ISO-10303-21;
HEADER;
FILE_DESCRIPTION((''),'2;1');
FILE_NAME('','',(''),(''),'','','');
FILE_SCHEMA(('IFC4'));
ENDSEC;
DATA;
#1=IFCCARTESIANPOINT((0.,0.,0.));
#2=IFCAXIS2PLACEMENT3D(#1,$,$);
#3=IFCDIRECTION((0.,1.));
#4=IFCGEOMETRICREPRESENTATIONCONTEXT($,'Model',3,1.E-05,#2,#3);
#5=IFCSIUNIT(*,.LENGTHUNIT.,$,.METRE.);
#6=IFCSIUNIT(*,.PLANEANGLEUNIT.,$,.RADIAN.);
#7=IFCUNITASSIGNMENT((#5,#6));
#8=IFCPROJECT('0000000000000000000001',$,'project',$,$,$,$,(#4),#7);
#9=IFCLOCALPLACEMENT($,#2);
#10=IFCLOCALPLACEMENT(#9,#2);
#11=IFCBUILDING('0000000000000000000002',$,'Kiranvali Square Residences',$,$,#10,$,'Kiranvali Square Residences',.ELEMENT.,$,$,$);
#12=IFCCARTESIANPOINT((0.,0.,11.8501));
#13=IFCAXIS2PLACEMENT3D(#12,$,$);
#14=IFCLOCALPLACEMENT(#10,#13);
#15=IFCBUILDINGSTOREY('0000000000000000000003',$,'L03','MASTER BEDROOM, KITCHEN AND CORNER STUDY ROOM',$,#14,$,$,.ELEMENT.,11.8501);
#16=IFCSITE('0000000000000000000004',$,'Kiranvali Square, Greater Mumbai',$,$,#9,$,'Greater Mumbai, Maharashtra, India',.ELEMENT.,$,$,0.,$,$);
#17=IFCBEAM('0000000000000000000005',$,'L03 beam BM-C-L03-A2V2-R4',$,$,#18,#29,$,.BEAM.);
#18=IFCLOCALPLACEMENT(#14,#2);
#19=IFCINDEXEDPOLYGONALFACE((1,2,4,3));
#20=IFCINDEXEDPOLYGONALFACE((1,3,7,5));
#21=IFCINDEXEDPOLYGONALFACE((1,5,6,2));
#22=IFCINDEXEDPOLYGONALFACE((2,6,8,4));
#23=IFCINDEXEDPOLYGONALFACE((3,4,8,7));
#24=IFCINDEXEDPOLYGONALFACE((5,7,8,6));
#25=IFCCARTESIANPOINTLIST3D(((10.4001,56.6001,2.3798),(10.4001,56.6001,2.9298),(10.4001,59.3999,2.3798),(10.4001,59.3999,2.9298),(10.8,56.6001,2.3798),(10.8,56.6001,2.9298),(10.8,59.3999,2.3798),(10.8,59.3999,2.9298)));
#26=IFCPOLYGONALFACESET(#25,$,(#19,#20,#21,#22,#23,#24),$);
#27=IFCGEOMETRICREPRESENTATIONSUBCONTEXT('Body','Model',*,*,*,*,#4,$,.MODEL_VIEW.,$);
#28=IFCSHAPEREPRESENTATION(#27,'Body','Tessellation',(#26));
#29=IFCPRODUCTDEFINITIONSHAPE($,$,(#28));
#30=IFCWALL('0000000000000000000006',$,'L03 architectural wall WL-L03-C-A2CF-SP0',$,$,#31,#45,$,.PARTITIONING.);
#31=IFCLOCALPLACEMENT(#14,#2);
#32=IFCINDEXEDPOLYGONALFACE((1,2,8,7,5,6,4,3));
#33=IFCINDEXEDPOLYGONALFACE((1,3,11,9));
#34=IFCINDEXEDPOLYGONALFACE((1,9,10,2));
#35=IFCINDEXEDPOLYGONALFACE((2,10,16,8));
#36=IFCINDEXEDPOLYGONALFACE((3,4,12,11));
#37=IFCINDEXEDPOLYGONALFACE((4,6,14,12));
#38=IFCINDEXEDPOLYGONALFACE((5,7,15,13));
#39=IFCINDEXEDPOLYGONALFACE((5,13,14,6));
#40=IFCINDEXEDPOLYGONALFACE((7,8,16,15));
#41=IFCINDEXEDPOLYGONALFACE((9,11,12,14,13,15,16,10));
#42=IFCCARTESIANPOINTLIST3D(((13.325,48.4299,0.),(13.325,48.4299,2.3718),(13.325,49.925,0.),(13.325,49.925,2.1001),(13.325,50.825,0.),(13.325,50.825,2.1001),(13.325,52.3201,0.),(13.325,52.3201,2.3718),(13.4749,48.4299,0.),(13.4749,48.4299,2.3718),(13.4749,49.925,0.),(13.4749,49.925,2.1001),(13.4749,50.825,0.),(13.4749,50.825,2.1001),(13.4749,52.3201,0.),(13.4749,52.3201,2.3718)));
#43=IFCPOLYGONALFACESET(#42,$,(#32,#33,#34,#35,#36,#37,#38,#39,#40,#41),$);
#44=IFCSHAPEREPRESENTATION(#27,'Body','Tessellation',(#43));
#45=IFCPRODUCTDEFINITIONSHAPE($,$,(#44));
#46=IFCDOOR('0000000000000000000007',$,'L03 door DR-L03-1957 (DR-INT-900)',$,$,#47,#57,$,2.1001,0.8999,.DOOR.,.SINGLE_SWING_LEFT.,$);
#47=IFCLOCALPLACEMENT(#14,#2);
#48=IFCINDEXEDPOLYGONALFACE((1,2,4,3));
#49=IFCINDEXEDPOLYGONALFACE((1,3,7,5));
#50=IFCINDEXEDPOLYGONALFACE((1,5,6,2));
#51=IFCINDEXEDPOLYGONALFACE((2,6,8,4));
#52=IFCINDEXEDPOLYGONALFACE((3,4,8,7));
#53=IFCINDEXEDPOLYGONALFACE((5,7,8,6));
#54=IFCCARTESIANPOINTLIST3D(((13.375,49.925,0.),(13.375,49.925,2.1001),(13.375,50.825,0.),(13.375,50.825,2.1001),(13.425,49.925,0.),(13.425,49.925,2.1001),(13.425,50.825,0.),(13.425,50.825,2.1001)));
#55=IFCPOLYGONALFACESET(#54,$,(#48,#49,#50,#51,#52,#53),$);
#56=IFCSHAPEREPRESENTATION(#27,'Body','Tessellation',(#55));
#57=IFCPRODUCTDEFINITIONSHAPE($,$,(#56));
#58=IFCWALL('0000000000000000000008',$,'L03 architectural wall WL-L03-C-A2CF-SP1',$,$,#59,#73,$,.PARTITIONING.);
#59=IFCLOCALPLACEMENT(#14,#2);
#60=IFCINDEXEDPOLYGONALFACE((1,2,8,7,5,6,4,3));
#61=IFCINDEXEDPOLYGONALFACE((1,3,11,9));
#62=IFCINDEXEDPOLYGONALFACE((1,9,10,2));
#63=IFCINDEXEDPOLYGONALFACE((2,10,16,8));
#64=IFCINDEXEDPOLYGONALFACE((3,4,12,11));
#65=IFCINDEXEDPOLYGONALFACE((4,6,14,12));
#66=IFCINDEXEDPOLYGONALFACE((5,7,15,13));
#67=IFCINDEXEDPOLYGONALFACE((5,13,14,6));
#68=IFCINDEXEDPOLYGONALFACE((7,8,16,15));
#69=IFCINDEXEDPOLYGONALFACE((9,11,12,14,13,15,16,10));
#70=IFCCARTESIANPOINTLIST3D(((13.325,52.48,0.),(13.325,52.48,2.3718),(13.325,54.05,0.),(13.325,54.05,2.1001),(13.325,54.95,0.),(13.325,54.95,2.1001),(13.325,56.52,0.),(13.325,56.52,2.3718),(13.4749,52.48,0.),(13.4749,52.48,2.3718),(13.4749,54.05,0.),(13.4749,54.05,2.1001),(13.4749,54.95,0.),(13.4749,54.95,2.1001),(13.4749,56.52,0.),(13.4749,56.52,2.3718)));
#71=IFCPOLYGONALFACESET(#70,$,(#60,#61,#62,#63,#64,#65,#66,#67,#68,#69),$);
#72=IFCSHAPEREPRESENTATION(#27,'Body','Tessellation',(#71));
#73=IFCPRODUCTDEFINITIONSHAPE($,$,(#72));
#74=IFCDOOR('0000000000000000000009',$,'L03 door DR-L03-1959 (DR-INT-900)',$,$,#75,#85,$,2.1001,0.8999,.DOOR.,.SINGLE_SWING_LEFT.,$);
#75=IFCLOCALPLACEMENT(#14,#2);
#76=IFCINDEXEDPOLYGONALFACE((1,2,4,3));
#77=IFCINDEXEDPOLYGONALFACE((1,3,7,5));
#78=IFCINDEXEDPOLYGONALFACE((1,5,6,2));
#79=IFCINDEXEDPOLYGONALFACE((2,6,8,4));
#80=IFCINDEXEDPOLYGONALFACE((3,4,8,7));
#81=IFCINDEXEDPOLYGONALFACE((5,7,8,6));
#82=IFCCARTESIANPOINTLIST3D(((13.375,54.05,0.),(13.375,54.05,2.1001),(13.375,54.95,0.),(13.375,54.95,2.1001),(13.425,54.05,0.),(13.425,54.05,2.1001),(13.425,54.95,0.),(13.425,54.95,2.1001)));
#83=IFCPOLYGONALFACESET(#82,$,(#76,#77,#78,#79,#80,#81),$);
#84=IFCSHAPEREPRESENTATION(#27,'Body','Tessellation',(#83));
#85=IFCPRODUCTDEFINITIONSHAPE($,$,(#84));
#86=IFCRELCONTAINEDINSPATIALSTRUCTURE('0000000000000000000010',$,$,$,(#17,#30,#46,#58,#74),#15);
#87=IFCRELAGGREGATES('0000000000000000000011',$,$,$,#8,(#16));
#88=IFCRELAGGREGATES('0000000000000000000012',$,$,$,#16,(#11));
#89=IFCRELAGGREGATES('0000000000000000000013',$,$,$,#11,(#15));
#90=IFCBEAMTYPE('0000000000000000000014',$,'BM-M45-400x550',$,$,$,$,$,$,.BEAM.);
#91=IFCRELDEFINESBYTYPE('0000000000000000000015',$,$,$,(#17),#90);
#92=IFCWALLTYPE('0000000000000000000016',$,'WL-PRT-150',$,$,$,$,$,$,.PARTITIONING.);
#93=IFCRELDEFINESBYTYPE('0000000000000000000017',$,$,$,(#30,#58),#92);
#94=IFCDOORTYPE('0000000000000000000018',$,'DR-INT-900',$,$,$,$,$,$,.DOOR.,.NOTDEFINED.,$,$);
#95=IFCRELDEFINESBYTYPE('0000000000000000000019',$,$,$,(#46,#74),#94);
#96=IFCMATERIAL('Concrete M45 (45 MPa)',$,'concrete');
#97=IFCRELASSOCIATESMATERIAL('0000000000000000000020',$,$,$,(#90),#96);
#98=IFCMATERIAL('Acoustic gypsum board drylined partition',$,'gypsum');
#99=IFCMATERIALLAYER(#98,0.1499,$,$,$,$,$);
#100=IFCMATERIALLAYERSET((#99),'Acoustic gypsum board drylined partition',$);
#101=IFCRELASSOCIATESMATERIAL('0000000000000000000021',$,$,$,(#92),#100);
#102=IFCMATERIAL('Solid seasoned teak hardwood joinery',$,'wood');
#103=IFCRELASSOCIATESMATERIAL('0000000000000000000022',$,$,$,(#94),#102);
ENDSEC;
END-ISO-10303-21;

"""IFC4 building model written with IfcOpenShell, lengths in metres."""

from ifc_helpers import new_model, si_unit, direction, frame, frame_2d, origin, origin_2d, place, context, subcontext, project, spatial, rectangle, extrude, material, layer, layer_set, material_profile, profile_set, type_object, element, fill, save


model = new_model("IFC4")

# Units and contexts
model_context = context("Model", 3, precision=1e-05, world=origin(), true_north=direction((0.0, 1.0)))
body_context = subcontext(model_context, "Body", "Model", "MODEL_VIEW")
ifc_project = project(units=[si_unit("LENGTHUNIT", "METRE"), si_unit("PLANEANGLEUNIT", "RADIAN")], contexts=[model_context])

# Site, building, storey
site_placement = place(None, origin())
site = spatial("IfcSite", under=ifc_project, at=site_placement, Name="Kiranvali Square, Greater Mumbai", LongName="Greater Mumbai, Maharashtra, India", CompositionType="ELEMENT", RefElevation=0.0)
building_placement = place(site_placement, origin())
building = spatial("IfcBuilding", under=site, at=building_placement, Name="Kiranvali Square Residences", LongName="Kiranvali Square Residences", CompositionType="ELEMENT")
storey_placement = place(building_placement, frame((0.0, 0.0, 11.8501)))
storey = spatial("IfcBuildingStorey", under=building, at=storey_placement, Name="L03", Description="MASTER BEDROOM, KITCHEN AND CORNER STUDY ROOM", CompositionType="ELEMENT", Elevation=11.8501)

# Beam
ifc_material_1 = material(Name="Concrete M45 (45 MPa)", Category="concrete")
ifc_material_profile_1 = material_profile(ifc_material_1, rectangle(XDim=0.3999, YDim=0.55, at=origin_2d()), Name="RC 400x550")
ifc_profile_set_1 = profile_set([ifc_material_profile_1], Name="Concrete M45 (45 MPa)")
beam_type_1 = type_object("IfcBeamType", Name="BM-M45-400x550", PredefinedType="BEAM", material=ifc_profile_set_1)
beam_1_placement = place(storey_placement, frame((10.6001, 56.6001, 2.6548), z_axis=(0.0, 1.0, 0.0), x_axis=(-1.0, 0.0, 0.0)))
element("IfcBeam", 1, at=beam_1_placement, inside=storey, type_object=beam_type_1, Name="L03 beam BM-C-L03-A2V2-R4", PredefinedType="BEAM", context=body_context, shape_type="SweptSolid", body=[
    extrude(rectangle(XDim=0.3999, YDim=0.55, at=origin_2d()), origin(), (0.0, 0.0, 1.0), 2.7998),
])

# Walls, openings, doors
ifc_material_2 = material(Name="Acoustic gypsum board drylined partition", Category="gypsum")
ifc_layer = layer(ifc_material_2, 0.1499)
ifc_layer_set = layer_set([ifc_layer], Name="Acoustic gypsum board drylined partition")
wall_type = type_object("IfcWallType", Name="WL-PRT-150", PredefinedType="PARTITIONING", material=ifc_layer_set)
wall_1_placement = place(storey_placement, frame((13.3999, 48.4299, 0.0), z_axis=(0.0, 0.0, 1.0), x_axis=(0.0, 1.0, 0.0)))
wall_1 = element("IfcWall", 2, at=wall_1_placement, inside=storey, type_object=wall_type, Name="L03 architectural wall WL-L03-C-A2CF-SP0", PredefinedType="PARTITIONING", context=body_context, shape_type="SweptSolid", body=[
    extrude(rectangle(XDim=3.8901, YDim=0.1499, at=frame_2d((1.9451, 0.0))), origin(), (0.0, 0.0, 1.0), 2.3718),
])
opening_1_placement = place(wall_1_placement, frame((1.4951, 0.0, 0.0)))
opening_1 = element("IfcOpeningElement", 3, at=opening_1_placement, cuts=wall_1, PredefinedType="OPENING", context=body_context, shape_type="SweptSolid", body=[
    extrude(rectangle(XDim=0.8999, YDim=2.1001, at=frame_2d((0.45, 1.05))), frame((0.0, 0.085, 0.0), z_axis=(0.0, -1.0, 0.0), x_axis=(1.0, 0.0, 0.0)), (0.0, 0.0, 1.0), 0.1699),
])
ifc_material_3 = material(Name="Solid seasoned teak hardwood joinery", Category="wood")
door_type = type_object("IfcDoorType", Name="DR-INT-900", OperationType="NOTDEFINED", PredefinedType="DOOR", material=ifc_material_3)
door_1_placement = place(opening_1_placement, origin())
door_1 = element("IfcDoor", 4, at=door_1_placement, inside=storey, type_object=door_type, Name="L03 door DR-L03-1957 (DR-INT-900)", OperationType="SINGLE_SWING_LEFT", OverallHeight=2.1001, OverallWidth=0.8999, PredefinedType="DOOR", context=body_context, shape_type="SweptSolid", body=[
    extrude(rectangle(XDim=0.8999, YDim=2.1001, at=frame_2d((0.45, 1.05))), frame((0.0, 0.0249, 0.0), z_axis=(0.0, -1.0, 0.0), x_axis=(1.0, 0.0, 0.0)), (0.0, 0.0, 1.0), 0.05),
])
fill(opening_1, door_1)
wall_2_placement = place(storey_placement, frame((13.3999, 52.48, 0.0), z_axis=(0.0, 0.0, 1.0), x_axis=(0.0, 1.0, 0.0)))
wall_2 = element("IfcWall", 5, at=wall_2_placement, inside=storey, type_object=wall_type, Name="L03 architectural wall WL-L03-C-A2CF-SP1", PredefinedType="PARTITIONING", context=body_context, shape_type="SweptSolid", body=[
    extrude(rectangle(XDim=4.04, YDim=0.1499, at=frame_2d((2.02, 0.0))), origin(), (0.0, 0.0, 1.0), 2.3718),
])
opening_2_placement = place(wall_2_placement, frame((1.5701, 0.0, 0.0)))
opening_2 = element("IfcOpeningElement", 6, at=opening_2_placement, cuts=wall_2, PredefinedType="OPENING", context=body_context, shape_type="SweptSolid", body=[
    extrude(rectangle(XDim=0.8999, YDim=2.1001, at=frame_2d((0.45, 1.05))), frame((0.0, 0.085, 0.0), z_axis=(0.0, -1.0, 0.0), x_axis=(1.0, 0.0, 0.0)), (0.0, 0.0, 1.0), 0.1699),
])
door_2_placement = place(opening_2_placement, origin())
door_2 = element("IfcDoor", 7, at=door_2_placement, inside=storey, type_object=door_type, Name="L03 door DR-L03-1959 (DR-INT-900)", OperationType="SINGLE_SWING_LEFT", OverallHeight=2.1001, OverallWidth=0.8999, PredefinedType="DOOR", context=body_context, shape_type="SweptSolid", body=[
    extrude(rectangle(XDim=0.8999, YDim=2.1001, at=frame_2d((0.45, 1.05))), frame((0.0, 0.0249, 0.0), z_axis=(0.0, -1.0, 0.0), x_axis=(1.0, 0.0, 0.0)), (0.0, 0.0, 1.0), 0.05),
])
fill(opening_2, door_2)

save(model, "model.ifc")
